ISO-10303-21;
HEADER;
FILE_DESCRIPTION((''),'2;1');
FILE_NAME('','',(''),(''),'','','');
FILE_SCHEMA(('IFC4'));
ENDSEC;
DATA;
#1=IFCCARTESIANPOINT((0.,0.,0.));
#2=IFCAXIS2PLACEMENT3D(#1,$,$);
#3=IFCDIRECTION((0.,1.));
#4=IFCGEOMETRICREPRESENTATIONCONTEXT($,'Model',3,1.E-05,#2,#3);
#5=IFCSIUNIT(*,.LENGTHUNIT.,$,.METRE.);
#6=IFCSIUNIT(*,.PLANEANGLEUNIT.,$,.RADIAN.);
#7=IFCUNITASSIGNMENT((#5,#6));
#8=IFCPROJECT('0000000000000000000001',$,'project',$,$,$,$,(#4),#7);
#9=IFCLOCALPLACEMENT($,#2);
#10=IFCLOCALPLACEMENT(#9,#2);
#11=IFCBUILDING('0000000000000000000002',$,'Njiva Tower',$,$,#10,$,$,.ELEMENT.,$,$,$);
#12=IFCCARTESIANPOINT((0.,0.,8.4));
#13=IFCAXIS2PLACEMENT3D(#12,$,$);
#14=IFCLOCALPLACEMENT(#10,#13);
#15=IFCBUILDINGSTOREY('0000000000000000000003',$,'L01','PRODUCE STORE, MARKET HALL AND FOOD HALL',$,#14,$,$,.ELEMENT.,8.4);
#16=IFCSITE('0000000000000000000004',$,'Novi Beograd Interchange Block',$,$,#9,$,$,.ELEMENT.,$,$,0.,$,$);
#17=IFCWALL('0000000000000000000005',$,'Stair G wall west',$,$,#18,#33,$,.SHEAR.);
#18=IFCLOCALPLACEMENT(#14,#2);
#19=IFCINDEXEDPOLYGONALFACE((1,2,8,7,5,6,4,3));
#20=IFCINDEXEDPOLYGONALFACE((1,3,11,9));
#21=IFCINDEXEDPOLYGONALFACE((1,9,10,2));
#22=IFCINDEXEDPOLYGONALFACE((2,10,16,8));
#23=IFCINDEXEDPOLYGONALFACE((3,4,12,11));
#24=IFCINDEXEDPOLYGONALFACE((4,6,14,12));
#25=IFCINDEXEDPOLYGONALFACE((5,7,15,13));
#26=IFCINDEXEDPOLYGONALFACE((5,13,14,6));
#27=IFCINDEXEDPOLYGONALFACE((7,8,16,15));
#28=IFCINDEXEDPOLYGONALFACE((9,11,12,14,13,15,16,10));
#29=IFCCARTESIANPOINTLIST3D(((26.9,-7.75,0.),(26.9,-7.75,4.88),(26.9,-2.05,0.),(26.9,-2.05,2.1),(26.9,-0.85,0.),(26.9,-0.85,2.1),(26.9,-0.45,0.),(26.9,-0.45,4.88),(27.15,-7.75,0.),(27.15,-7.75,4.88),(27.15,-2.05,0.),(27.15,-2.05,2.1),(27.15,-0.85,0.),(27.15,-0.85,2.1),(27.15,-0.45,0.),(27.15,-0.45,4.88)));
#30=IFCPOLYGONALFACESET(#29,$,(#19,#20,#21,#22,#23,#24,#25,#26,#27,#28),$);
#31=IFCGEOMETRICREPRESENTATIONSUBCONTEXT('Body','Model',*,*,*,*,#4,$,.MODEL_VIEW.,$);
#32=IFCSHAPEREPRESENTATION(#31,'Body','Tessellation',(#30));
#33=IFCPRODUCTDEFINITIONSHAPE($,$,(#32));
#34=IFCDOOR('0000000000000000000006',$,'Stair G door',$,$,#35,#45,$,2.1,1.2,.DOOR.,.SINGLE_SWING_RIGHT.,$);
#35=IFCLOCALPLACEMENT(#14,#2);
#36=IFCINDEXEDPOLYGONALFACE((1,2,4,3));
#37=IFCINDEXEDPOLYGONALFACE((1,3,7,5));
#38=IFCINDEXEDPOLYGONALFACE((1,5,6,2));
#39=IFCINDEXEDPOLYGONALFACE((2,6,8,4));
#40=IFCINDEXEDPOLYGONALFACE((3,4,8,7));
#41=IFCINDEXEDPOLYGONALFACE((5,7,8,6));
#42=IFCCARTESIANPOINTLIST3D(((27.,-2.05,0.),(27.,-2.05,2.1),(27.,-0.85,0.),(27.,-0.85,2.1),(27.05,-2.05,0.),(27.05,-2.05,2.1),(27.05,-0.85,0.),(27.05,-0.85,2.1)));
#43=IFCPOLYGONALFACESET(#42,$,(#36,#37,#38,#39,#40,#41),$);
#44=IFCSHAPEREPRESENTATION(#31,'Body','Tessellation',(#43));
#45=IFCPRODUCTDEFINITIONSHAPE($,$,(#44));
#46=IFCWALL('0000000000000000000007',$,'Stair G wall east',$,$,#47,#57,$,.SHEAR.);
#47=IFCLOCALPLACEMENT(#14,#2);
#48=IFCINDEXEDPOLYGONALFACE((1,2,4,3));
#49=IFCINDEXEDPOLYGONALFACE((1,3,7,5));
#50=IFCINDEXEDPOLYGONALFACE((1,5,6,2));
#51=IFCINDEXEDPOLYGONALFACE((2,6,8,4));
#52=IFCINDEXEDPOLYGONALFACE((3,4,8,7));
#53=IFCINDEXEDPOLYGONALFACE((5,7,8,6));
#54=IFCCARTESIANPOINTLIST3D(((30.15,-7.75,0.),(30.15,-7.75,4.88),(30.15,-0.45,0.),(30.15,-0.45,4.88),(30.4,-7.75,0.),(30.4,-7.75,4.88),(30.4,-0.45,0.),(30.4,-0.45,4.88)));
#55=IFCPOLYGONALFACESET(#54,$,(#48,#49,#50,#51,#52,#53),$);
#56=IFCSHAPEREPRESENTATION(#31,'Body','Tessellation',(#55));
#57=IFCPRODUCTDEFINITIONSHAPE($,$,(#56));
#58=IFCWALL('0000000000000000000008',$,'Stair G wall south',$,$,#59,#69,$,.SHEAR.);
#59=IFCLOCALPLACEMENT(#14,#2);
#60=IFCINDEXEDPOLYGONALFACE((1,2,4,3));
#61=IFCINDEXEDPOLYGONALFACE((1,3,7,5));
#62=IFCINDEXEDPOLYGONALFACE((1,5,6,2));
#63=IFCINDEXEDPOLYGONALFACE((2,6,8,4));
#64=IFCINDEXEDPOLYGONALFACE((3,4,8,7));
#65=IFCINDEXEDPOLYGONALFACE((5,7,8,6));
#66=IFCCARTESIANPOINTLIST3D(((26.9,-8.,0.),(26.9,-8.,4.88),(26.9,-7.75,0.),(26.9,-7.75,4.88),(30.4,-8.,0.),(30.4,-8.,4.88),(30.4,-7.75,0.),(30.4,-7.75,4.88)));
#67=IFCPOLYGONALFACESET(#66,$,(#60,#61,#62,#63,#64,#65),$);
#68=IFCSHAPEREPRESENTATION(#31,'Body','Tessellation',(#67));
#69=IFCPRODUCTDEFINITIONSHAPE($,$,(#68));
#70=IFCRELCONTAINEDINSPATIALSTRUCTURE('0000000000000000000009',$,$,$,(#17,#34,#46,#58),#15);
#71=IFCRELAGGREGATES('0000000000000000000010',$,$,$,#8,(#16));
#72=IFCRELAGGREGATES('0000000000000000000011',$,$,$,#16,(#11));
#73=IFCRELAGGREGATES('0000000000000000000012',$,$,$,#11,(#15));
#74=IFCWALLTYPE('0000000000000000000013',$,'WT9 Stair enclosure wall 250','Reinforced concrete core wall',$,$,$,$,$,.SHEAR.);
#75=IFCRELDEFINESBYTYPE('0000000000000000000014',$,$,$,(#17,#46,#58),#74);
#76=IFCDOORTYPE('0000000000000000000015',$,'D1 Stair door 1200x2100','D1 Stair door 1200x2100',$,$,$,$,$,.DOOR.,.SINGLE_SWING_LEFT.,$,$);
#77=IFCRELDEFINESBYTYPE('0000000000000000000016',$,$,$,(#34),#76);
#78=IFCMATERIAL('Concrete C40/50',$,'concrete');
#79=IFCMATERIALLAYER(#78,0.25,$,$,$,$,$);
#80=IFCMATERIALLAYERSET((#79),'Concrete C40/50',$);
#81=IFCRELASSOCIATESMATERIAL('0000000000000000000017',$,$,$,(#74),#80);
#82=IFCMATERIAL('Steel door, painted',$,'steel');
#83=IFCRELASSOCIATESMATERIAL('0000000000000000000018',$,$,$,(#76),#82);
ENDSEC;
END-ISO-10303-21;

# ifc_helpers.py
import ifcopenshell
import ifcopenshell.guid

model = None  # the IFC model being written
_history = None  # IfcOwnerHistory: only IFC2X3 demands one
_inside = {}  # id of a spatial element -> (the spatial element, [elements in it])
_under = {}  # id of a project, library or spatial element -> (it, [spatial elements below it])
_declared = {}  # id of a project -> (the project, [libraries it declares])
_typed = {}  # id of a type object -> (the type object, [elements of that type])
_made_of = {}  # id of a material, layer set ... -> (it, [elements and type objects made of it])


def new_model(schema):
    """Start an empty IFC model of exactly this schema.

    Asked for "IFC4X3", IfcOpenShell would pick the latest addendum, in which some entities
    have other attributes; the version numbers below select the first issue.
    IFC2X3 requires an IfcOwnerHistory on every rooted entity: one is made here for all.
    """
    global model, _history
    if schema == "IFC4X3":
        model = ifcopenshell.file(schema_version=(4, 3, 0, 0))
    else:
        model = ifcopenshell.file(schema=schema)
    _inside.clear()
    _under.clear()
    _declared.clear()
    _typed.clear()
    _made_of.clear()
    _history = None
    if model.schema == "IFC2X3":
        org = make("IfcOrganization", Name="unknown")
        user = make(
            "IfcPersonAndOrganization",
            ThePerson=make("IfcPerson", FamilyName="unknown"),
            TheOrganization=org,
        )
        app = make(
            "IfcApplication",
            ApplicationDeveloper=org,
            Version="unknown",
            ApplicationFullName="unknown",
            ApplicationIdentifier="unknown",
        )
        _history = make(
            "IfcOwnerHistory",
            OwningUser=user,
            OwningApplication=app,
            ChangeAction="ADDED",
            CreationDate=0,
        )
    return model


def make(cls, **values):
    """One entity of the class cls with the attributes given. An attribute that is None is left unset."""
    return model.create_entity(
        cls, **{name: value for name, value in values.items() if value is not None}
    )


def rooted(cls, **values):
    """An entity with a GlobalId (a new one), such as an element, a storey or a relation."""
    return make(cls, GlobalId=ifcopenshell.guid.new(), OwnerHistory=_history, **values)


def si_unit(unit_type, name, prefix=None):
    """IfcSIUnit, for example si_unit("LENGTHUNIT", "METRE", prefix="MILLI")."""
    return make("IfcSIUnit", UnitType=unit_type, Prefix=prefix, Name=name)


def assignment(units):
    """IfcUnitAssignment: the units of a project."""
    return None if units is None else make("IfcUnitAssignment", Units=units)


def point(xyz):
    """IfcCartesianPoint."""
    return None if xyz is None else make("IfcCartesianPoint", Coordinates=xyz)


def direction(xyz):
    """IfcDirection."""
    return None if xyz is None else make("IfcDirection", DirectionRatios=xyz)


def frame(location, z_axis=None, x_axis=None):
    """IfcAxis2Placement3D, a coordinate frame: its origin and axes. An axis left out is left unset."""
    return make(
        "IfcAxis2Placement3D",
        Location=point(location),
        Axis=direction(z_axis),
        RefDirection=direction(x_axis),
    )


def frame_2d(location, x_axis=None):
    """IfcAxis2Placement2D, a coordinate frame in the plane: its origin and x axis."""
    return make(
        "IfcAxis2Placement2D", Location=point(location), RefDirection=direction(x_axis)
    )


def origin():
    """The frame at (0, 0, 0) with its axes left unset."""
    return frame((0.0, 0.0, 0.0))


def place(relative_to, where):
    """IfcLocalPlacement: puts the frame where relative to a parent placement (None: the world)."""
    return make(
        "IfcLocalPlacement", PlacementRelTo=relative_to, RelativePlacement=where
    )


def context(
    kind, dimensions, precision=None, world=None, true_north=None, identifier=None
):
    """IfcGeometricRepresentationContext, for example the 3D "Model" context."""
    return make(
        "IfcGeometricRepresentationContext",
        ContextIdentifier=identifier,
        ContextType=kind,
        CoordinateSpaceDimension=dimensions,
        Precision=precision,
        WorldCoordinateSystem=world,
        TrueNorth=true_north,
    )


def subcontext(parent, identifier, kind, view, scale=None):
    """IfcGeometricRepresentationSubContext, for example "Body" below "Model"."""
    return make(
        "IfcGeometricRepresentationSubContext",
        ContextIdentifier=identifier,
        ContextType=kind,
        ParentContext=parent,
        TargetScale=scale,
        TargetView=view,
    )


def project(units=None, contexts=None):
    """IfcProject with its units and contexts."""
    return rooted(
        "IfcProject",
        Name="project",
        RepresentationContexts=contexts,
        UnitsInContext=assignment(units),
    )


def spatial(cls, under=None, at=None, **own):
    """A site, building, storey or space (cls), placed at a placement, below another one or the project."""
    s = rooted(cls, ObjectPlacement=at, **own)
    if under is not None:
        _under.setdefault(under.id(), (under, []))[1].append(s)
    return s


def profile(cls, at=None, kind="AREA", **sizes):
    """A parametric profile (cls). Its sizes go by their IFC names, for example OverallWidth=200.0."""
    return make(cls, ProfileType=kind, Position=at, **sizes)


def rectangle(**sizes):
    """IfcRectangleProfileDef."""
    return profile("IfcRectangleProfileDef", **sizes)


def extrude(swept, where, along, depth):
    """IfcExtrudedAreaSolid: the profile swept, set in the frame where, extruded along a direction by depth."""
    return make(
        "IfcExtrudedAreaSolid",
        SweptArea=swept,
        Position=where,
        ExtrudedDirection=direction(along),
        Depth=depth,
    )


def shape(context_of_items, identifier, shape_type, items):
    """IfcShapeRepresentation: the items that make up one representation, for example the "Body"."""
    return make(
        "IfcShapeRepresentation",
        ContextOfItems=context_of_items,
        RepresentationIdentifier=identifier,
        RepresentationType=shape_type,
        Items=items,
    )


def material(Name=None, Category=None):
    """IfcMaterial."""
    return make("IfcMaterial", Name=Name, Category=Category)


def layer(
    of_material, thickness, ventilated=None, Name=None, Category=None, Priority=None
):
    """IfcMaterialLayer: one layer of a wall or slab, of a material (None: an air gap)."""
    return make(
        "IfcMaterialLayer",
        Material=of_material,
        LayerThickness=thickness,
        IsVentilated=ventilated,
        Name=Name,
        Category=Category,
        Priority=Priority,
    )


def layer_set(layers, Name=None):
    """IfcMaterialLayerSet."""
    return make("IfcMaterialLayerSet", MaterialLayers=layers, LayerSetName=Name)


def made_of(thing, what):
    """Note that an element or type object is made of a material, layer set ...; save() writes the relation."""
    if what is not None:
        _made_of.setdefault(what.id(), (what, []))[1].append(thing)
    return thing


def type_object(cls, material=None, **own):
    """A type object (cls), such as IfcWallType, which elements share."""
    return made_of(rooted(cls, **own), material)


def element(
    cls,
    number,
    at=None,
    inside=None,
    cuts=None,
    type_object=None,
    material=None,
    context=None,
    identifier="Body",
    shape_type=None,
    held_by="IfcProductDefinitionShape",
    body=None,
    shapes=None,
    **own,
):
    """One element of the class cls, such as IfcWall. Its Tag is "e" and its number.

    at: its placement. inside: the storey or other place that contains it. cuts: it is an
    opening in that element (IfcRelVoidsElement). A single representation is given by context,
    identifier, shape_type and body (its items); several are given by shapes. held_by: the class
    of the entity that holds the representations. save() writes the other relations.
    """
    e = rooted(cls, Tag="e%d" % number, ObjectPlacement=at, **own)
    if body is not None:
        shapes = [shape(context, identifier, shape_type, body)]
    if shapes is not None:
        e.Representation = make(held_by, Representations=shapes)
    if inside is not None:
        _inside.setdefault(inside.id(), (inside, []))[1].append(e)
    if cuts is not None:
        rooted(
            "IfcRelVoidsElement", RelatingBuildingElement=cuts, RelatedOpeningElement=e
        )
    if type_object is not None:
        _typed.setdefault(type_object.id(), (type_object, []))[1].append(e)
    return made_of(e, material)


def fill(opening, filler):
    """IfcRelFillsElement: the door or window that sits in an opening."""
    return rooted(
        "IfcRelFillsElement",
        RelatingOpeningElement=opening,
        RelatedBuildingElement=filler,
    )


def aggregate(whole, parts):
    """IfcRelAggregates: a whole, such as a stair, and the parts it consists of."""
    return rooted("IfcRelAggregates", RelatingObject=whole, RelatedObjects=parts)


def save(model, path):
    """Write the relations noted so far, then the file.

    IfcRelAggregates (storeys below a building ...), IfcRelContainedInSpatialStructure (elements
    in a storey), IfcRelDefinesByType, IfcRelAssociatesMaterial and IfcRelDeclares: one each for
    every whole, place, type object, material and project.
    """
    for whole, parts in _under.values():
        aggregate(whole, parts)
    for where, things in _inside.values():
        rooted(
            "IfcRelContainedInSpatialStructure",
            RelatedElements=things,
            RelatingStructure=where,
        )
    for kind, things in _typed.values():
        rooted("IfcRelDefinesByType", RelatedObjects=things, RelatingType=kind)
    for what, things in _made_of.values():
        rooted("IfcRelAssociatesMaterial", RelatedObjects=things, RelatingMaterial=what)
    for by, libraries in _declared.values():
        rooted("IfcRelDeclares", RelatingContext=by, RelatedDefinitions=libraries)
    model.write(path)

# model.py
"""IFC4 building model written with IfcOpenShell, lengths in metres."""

from ifc_helpers import new_model, si_unit, direction, frame, frame_2d, origin, place, context, subcontext, project, spatial, rectangle, extrude, material, layer, layer_set, type_object, element, fill, save


model = new_model("IFC4")

# Units and contexts
model_context = context("Model", 3, precision=1e-05, world=origin(), true_north=direction((0.0, 1.0)))
body_context = subcontext(model_context, "Body", "Model", "MODEL_VIEW")
ifc_project = project(units=[si_unit("LENGTHUNIT", "METRE"), si_unit("PLANEANGLEUNIT", "RADIAN")], contexts=[model_context])

# Site, building, storey
site_placement = place(None, origin())
site = spatial("IfcSite", under=ifc_project, at=site_placement, Name="Novi Beograd Interchange Block", CompositionType="ELEMENT", RefElevation=0.0)
building_placement = place(site_placement, origin())
building = spatial("IfcBuilding", under=site, at=building_placement, Name="Njiva Tower", CompositionType="ELEMENT")
storey_placement = place(building_placement, frame((0.0, 0.0, 8.4)))
storey = spatial("IfcBuildingStorey", under=building, at=storey_placement, Name="L01", Description="PRODUCE STORE, MARKET HALL AND FOOD HALL", CompositionType="ELEMENT", Elevation=8.4)

# Wall, opening, door
ifc_material_1 = material(Name="Concrete C40/50", Category="concrete")
ifc_layer_1 = layer(ifc_material_1, 0.25)
ifc_layer_set_1 = layer_set([ifc_layer_1], Name="Concrete C40/50")
wall_type_1 = type_object("IfcWallType", Name="WT9 Stair enclosure wall 250", Description="Reinforced concrete core wall", PredefinedType="SHEAR", material=ifc_layer_set_1)
wall_1_placement = place(storey_placement, frame((27.025, -7.75, 0.0), z_axis=(0.0, 0.0, 1.0), x_axis=(0.0, 1.0, 0.0)))
wall_1 = element("IfcWall", 1, at=wall_1_placement, inside=storey, type_object=wall_type_1, Name="Stair G wall west", PredefinedType="SHEAR", context=body_context, shape_type="SweptSolid", body=[
    extrude(rectangle(XDim=7.3, YDim=0.25, at=frame_2d((3.65, 0.0))), origin(), (0.0, 0.0, 1.0), 4.88),
])
opening_1_placement = place(wall_1_placement, frame((5.7, 0.0, 0.0)))
opening_1 = element("IfcOpeningElement", 2, at=opening_1_placement, cuts=wall_1, PredefinedType="OPENING", context=body_context, shape_type="SweptSolid", body=[
    extrude(rectangle(XDim=1.2, YDim=2.1, at=frame_2d((0.6, 1.05))), frame((0.0, 0.135, 0.0), z_axis=(0.0, -1.0, 0.0), x_axis=(1.0, 0.0, 0.0)), (0.0, 0.0, 1.0), 0.27),
])
ifc_material_2 = material(Name="Steel door, painted", Category="steel")
door_type_1 = type_object("IfcDoorType", Name="D1 Stair door 1200x2100", Description="D1 Stair door 1200x2100", OperationType="SINGLE_SWING_LEFT", PredefinedType="DOOR", material=ifc_material_2)
door_1_placement = place(opening_1_placement, origin())
door_1 = element("IfcDoor", 3, at=door_1_placement, inside=storey, type_object=door_type_1, Name="Stair G door", OperationType="SINGLE_SWING_RIGHT", OverallHeight=2.1, OverallWidth=1.2, PredefinedType="DOOR", context=body_context, shape_type="SweptSolid", body=[
    extrude(rectangle(XDim=1.2, YDim=2.1, at=frame_2d((0.6, 1.05))), frame((0.0, 0.025, 0.0), z_axis=(0.0, -1.0, 0.0), x_axis=(1.0, 0.0, 0.0)), (0.0, 0.0, 1.0), 0.05),
])
fill(opening_1, door_1)

# Walls
wall_2_placement = place(storey_placement, frame((30.275, -7.75, 0.0), z_axis=(0.0, 0.0, 1.0), x_axis=(0.0, 1.0, 0.0)))
element("IfcWall", 4, at=wall_2_placement, inside=storey, type_object=wall_type_1, Name="Stair G wall east", PredefinedType="SHEAR", context=body_context, shape_type="SweptSolid", body=[
    extrude(rectangle(XDim=7.3, YDim=0.25, at=frame_2d((3.65, 0.0))), origin(), (0.0, 0.0, 1.0), 4.88),
])
wall_3_placement = place(storey_placement, frame((26.9, -7.875, 0.0), z_axis=(0.0, 0.0, 1.0), x_axis=(1.0, 0.0, 0.0)))
element("IfcWall", 5, at=wall_3_placement, inside=storey, type_object=wall_type_1, Name="Stair G wall south", PredefinedType="SHEAR", context=body_context, shape_type="SweptSolid", body=[
    extrude(rectangle(XDim=3.5, YDim=0.25, at=frame_2d((1.75, 0.0))), origin(), (0.0, 0.0, 1.0), 4.88),
])

save(model, "model.ifc")
